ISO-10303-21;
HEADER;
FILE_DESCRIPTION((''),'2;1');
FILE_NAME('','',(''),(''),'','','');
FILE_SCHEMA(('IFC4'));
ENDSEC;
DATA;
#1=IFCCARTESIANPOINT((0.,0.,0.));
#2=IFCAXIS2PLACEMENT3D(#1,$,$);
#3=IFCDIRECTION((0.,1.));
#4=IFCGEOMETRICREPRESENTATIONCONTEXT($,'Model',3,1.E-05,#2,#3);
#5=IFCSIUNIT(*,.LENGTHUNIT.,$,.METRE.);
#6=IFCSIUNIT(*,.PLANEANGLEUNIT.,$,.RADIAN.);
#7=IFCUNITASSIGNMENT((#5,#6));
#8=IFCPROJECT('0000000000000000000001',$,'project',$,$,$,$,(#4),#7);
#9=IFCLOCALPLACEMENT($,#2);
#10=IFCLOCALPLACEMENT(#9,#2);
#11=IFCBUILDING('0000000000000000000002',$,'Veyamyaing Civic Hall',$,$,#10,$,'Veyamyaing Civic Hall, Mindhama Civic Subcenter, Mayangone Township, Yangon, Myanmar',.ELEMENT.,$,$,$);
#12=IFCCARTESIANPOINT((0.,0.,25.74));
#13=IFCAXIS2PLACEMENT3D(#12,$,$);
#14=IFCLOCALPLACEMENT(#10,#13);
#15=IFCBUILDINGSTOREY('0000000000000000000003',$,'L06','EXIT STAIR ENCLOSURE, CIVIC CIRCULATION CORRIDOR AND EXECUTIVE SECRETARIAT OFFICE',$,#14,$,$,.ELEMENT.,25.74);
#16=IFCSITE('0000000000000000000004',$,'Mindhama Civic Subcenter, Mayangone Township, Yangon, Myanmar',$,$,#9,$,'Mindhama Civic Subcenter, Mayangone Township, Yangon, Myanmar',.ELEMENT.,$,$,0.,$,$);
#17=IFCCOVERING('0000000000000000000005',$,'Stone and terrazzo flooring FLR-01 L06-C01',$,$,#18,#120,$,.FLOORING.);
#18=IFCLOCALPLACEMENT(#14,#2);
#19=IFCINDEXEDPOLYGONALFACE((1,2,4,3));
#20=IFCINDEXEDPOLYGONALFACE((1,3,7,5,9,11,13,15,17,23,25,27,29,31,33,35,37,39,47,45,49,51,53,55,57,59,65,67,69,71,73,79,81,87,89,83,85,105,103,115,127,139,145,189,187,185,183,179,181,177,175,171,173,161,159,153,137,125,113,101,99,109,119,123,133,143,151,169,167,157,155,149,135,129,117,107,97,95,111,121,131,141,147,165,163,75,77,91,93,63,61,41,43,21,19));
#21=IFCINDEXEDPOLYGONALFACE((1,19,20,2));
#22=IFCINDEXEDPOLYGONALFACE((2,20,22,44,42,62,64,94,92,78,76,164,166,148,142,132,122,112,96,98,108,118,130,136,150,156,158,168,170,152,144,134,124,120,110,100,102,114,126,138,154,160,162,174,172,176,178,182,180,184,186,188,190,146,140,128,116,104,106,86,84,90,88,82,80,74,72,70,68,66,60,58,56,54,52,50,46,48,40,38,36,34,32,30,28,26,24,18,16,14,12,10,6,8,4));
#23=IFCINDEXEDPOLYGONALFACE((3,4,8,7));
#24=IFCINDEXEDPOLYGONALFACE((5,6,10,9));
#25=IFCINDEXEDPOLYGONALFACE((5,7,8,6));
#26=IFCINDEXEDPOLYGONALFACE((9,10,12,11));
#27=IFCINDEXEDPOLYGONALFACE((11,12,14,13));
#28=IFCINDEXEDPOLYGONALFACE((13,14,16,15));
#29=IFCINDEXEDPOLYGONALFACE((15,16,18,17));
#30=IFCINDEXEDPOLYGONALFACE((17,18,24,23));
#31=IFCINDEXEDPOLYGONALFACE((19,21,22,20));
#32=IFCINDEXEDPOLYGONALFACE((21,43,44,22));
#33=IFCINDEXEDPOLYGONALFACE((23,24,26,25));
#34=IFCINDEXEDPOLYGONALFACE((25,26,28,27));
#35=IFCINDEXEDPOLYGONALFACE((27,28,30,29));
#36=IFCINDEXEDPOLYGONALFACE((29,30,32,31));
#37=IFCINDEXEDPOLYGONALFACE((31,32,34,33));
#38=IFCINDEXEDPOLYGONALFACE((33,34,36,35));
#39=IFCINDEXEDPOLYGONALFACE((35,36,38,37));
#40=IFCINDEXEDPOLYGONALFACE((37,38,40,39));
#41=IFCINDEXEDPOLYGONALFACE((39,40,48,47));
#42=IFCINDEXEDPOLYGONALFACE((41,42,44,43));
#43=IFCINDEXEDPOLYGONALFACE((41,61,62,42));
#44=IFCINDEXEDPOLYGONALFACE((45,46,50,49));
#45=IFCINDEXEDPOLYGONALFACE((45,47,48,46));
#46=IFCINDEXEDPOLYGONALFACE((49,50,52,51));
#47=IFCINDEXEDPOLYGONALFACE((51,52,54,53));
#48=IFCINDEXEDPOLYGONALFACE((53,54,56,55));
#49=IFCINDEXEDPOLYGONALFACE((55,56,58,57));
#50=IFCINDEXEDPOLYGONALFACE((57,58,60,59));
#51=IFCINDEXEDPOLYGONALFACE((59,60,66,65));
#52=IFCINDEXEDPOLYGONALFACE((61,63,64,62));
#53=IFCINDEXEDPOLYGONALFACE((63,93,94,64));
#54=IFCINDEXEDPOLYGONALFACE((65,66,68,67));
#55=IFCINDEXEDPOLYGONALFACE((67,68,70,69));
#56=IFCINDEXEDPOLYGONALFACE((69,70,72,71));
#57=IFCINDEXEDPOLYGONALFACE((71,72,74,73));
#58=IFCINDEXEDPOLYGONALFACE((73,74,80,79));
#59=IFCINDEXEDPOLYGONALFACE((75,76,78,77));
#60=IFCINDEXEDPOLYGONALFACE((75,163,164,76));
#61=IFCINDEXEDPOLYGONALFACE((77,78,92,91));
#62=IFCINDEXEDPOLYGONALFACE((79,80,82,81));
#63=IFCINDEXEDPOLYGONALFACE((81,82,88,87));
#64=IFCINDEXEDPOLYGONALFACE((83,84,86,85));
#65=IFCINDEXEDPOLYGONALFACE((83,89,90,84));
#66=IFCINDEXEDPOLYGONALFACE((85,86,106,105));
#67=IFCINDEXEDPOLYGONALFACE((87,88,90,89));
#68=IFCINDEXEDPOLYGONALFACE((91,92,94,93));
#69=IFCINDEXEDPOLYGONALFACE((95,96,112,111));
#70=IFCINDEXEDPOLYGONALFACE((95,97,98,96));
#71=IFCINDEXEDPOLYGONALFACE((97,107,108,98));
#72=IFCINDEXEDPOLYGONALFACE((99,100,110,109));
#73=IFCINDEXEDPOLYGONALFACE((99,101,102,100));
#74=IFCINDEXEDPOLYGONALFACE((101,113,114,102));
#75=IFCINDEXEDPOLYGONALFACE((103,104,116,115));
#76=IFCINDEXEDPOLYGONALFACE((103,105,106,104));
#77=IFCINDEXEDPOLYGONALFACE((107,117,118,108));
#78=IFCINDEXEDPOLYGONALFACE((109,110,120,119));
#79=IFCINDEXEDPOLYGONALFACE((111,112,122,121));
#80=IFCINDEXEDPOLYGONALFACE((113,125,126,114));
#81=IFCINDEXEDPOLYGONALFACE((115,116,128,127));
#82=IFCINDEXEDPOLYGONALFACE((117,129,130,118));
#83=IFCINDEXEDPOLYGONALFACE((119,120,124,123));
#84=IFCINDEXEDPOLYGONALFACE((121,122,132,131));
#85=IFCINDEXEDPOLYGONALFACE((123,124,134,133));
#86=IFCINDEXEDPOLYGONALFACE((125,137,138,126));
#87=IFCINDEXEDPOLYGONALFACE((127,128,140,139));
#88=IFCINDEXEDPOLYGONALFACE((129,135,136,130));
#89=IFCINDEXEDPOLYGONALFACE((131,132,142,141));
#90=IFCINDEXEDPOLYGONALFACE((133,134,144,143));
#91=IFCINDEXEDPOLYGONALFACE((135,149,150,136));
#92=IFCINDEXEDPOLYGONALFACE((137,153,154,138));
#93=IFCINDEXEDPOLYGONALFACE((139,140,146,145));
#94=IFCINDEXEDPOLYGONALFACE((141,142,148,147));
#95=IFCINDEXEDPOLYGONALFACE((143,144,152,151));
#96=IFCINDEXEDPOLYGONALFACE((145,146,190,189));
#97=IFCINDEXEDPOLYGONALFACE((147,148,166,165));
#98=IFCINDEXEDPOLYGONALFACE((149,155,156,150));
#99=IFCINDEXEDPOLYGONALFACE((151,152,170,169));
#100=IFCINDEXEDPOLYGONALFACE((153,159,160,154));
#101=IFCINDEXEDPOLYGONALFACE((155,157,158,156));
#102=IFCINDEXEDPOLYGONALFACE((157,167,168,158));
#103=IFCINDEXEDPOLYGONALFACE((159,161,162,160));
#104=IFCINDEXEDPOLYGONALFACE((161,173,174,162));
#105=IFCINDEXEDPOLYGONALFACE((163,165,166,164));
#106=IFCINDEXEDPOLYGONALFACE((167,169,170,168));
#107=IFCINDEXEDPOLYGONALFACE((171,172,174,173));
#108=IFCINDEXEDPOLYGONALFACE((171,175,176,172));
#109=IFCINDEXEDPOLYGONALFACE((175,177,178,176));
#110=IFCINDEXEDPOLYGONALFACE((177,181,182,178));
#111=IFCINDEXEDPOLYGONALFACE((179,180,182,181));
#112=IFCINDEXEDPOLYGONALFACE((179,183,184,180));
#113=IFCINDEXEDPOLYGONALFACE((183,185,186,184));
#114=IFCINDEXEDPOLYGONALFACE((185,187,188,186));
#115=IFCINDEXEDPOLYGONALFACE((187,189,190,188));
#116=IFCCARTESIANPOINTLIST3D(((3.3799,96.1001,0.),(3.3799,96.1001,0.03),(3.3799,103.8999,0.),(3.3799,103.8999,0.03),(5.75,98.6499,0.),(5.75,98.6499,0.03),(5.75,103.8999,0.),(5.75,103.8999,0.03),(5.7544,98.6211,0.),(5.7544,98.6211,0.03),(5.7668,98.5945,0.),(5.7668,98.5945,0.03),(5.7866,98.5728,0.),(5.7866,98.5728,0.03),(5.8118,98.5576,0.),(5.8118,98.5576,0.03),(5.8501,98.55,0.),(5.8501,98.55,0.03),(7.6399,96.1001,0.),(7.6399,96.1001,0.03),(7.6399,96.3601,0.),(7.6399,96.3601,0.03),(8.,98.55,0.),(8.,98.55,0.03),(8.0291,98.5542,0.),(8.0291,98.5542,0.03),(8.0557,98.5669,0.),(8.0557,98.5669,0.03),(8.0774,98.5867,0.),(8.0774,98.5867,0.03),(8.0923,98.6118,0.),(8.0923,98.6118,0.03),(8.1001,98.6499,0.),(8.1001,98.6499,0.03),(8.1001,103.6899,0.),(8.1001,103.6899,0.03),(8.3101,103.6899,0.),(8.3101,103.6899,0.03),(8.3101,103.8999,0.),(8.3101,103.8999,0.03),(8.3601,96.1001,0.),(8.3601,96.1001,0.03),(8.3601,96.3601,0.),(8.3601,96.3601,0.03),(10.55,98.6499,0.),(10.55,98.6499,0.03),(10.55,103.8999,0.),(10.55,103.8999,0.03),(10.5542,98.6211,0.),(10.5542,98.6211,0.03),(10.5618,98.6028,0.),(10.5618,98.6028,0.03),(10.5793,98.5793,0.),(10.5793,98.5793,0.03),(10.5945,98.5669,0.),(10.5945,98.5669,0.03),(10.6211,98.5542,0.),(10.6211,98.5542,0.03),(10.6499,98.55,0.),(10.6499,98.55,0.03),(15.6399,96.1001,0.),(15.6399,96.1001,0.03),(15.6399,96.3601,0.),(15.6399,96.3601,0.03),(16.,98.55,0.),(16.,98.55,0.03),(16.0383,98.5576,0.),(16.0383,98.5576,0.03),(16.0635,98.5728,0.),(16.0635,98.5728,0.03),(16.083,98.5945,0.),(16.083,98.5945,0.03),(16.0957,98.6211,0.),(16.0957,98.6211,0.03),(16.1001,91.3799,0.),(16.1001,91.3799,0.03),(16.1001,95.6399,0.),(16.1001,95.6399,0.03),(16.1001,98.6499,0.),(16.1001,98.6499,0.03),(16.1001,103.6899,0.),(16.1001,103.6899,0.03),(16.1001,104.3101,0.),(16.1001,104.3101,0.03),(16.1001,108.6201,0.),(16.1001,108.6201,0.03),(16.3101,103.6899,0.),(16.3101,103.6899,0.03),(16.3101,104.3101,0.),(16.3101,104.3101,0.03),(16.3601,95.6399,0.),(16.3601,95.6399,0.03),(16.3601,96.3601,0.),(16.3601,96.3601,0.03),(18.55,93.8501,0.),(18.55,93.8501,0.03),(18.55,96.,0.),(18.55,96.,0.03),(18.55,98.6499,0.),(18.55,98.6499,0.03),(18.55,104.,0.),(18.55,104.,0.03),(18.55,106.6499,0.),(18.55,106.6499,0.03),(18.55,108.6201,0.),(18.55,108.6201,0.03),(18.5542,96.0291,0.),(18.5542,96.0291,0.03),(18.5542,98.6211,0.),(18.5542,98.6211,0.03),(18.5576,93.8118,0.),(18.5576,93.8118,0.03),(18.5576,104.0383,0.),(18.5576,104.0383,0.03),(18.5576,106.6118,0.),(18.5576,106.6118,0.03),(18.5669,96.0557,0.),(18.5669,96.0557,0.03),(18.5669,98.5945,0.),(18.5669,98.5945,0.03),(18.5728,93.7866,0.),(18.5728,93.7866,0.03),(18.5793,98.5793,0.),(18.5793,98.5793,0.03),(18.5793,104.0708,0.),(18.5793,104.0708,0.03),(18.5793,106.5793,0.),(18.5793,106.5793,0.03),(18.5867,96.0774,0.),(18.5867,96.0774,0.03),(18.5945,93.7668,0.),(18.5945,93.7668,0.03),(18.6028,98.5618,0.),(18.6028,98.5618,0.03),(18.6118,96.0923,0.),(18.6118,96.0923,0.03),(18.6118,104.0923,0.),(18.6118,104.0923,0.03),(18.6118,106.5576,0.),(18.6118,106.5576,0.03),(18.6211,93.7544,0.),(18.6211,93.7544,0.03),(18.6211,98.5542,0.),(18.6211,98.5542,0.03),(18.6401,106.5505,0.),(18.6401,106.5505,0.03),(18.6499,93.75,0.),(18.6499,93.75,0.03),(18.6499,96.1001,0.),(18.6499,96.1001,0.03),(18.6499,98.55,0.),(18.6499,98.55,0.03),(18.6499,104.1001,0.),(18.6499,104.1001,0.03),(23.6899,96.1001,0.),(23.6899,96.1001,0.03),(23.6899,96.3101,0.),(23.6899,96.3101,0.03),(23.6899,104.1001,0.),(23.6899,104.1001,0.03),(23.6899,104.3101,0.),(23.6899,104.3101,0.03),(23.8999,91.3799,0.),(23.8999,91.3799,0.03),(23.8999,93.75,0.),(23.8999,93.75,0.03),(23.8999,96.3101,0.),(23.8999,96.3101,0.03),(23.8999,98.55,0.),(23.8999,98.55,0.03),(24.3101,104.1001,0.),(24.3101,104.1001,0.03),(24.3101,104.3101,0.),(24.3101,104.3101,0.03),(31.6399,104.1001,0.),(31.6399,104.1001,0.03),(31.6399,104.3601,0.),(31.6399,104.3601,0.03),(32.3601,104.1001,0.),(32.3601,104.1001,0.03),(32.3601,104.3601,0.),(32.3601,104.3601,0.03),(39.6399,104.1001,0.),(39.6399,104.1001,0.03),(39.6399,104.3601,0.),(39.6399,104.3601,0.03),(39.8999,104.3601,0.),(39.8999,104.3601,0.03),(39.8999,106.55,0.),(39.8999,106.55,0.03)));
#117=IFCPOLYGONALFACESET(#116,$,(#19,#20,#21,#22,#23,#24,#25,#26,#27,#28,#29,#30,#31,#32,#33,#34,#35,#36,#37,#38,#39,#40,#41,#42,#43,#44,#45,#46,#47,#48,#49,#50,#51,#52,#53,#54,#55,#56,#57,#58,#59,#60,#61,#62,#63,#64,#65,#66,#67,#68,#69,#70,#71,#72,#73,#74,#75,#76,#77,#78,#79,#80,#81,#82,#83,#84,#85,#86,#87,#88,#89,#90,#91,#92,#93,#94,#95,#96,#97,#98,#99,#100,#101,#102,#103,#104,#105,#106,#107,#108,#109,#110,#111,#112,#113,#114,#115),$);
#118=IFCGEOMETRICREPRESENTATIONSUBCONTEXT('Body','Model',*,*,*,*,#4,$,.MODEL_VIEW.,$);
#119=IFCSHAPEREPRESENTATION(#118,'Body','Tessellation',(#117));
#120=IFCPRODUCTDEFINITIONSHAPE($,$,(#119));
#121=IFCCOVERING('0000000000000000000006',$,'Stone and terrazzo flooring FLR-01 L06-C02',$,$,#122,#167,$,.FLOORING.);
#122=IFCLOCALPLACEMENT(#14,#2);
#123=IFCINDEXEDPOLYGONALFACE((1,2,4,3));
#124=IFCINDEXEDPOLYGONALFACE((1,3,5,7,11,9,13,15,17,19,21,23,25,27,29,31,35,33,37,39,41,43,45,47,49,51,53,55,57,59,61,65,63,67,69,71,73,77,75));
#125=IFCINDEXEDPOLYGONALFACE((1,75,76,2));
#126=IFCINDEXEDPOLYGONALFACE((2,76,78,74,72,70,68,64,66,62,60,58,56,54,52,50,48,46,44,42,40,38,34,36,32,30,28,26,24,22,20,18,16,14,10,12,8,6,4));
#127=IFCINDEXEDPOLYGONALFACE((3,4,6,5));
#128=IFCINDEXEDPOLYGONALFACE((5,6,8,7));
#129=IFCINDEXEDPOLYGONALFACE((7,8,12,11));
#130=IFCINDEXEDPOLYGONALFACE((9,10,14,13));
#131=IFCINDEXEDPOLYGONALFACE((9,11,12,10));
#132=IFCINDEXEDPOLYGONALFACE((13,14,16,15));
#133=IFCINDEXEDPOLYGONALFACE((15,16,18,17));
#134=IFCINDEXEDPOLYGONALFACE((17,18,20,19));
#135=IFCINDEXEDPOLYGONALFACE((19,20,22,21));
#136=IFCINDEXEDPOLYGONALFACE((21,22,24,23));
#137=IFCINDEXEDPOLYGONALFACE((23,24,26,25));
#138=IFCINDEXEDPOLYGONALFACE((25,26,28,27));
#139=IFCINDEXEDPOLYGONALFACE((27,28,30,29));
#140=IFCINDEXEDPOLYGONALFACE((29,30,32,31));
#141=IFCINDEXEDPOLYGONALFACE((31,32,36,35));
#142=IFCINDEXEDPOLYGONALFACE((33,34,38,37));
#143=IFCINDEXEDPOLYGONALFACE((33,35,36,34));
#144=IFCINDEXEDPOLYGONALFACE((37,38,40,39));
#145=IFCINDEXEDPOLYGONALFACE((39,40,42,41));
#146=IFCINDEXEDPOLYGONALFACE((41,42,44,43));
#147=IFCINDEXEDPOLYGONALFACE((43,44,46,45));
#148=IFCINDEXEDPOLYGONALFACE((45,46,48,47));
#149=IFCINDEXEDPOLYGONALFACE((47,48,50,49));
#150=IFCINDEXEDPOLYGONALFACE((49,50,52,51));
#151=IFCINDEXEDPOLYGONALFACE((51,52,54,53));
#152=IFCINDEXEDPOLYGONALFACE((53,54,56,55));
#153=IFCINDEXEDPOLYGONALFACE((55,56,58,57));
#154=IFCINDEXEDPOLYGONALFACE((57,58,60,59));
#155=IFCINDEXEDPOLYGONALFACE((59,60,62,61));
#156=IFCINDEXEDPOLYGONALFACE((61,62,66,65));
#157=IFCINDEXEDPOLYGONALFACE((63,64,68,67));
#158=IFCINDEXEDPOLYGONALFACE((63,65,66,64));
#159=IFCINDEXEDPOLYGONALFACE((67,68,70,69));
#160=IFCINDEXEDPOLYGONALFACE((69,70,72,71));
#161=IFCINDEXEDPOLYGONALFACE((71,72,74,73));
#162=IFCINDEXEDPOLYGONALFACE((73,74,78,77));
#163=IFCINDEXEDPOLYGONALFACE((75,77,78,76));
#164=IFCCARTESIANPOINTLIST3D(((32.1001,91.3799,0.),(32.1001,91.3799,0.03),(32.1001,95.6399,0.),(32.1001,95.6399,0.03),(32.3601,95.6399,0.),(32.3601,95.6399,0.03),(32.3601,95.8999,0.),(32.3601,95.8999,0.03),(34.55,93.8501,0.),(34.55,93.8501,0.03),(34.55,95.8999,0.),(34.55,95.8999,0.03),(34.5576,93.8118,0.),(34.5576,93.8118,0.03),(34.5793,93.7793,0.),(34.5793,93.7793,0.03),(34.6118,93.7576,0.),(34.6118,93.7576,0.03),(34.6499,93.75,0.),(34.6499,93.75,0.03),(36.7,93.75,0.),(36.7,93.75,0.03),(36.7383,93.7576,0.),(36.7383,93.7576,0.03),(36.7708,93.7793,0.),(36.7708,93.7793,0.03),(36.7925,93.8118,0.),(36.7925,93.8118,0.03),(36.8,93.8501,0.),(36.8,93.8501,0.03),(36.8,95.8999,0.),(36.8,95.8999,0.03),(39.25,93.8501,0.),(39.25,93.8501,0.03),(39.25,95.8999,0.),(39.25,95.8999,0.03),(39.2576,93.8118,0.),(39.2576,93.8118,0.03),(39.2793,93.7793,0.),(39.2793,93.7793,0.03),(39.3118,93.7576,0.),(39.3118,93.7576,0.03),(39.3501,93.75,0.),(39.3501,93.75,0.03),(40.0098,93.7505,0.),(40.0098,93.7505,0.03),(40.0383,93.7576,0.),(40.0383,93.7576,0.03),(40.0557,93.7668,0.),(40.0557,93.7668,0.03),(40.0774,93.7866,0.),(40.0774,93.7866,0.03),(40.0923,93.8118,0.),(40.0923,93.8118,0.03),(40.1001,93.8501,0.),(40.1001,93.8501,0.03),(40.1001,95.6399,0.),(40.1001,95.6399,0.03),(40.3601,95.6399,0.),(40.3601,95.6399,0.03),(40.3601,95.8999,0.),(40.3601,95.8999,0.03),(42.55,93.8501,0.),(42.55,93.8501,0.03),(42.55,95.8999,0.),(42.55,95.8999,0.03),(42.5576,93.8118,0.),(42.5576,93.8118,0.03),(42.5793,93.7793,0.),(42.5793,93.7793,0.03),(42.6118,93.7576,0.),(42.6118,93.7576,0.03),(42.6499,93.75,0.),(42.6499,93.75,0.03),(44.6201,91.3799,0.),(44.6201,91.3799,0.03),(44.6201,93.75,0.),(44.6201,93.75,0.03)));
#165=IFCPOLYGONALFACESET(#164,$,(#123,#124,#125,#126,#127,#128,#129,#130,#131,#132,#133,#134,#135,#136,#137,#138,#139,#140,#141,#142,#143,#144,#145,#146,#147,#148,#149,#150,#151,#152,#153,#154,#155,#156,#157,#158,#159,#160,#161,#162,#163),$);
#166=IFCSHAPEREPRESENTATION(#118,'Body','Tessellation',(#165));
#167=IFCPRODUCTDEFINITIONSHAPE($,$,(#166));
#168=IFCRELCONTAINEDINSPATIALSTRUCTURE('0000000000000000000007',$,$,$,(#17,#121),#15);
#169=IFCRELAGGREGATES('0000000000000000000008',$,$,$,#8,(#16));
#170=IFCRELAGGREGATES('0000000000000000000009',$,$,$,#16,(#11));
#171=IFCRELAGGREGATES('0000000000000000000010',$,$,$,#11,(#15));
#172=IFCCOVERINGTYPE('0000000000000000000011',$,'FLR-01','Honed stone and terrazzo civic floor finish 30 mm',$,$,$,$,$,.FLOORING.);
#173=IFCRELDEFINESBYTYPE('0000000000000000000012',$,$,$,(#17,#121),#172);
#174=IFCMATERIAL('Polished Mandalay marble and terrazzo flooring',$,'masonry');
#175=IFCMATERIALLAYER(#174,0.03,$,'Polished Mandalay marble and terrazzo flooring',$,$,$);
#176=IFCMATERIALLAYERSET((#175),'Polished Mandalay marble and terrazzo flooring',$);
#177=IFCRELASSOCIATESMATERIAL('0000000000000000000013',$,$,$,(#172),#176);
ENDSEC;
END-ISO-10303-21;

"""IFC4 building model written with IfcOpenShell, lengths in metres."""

from ifc_helpers import new_model, si_unit, direction, frame, origin, place, context, subcontext, project, spatial, polyline, outline, extrude, material, layer, layer_set, type_object, element, save


model = new_model("IFC4")

# Units and contexts
model_context = context("Model", 3, precision=1e-05, world=origin(), true_north=direction((0.0, 1.0)))
body_context = subcontext(model_context, "Body", "Model", "MODEL_VIEW")
ifc_project = project(units=[si_unit("LENGTHUNIT", "METRE"), si_unit("PLANEANGLEUNIT", "RADIAN")], contexts=[model_context])

# Site, building, storey
site_placement = place(None, origin())
site = spatial("IfcSite", under=ifc_project, at=site_placement, Name="Mindhama Civic Subcenter, Mayangone Township, Yangon, Myanmar", LongName="Mindhama Civic Subcenter, Mayangone Township, Yangon, Myanmar", CompositionType="ELEMENT", RefElevation=0.0)
building_placement = place(site_placement, origin())
building = spatial("IfcBuilding", under=site, at=building_placement, Name="Veyamyaing Civic Hall", LongName="Veyamyaing Civic Hall, Mindhama Civic Subcenter, Mayangone Township, Yangon, Myanmar", CompositionType="ELEMENT")
storey_placement = place(building_placement, frame((0.0, 0.0, 25.74)))
storey = spatial("IfcBuildingStorey", under=building, at=storey_placement, Name="L06", Description="EXIT STAIR ENCLOSURE, CIVIC CIRCULATION CORRIDOR AND EXECUTIVE SECRETARIAT OFFICE", CompositionType="ELEMENT", Elevation=25.74)

# Coverings
ifc_material_1 = material(Name="Polished Mandalay marble and terrazzo flooring", Category="masonry")
ifc_layer_1 = layer(ifc_material_1, 0.03, Name="Polished Mandalay marble and terrazzo flooring")
ifc_layer_set_1 = layer_set([ifc_layer_1], Name="Polished Mandalay marble and terrazzo flooring")
covering_type_1 = type_object("IfcCoveringType", Name="FLR-01", Description="Honed stone and terrazzo civic floor finish 30 mm", PredefinedType="FLOORING", material=ifc_layer_set_1)
covering_1_placement = place(storey_placement, origin())
element("IfcCovering", 1, at=covering_1_placement, inside=storey, type_object=covering_type_1, Name="Stone and terrazzo flooring FLR-01 L06-C01", PredefinedType="FLOORING", context=body_context, shape_type="SweptSolid", body=[
    extrude(outline(polyline([(8.3601, 96.1001), (8.3601, 96.3601), (7.6399, 96.3601), (7.6399, 96.1001), (3.3799, 96.1001), (3.3799, 103.8999), (5.75, 103.8999), (5.75, 98.6499), (5.7544, 98.6211), (5.7668, 98.5945), (5.7866, 98.5728), (5.8118, 98.5576), (5.8501, 98.55), (8.0, 98.55), (8.0291, 98.5542), (8.0557, 98.5669), (8.0774, 98.5867), (8.0923, 98.6118), (8.1001, 98.6499), (8.1001, 103.6899), (8.3101, 103.6899), (8.3101, 103.8999), (10.55, 103.8999), (10.55, 98.6499), (10.5542, 98.6211), (10.5618, 98.6028), (10.5793, 98.5793), (10.5945, 98.5669), (10.6211, 98.5542), (10.6499, 98.55), (16.0, 98.55), (16.0383, 98.5576), (16.0635, 98.5728), (16.083, 98.5945), (16.0957, 98.6211), (16.1001, 98.6499), (16.1001, 103.6899), (16.3101, 103.6899), (16.3101, 104.3101), (16.1001, 104.3101), (16.1001, 108.6201), (18.55, 108.6201), (18.55, 106.6499), (18.5576, 106.6118), (18.5793, 106.5793), (18.6118, 106.5576), (18.6401, 106.5505), (39.8999, 106.55), (39.8999, 104.3601), (39.6399, 104.3601), (39.6399, 104.1001), (32.3601, 104.1001), (32.3601, 104.3601), (31.6399, 104.3601), (31.6399, 104.1001), (24.3101, 104.1001), (24.3101, 104.3101), (23.6899, 104.3101), (23.6899, 104.1001), (18.6499, 104.1001), (18.6118, 104.0923), (18.5793, 104.0708), (18.5576, 104.0383), (18.55, 104.0), (18.55, 98.6499), (18.5542, 98.6211), (18.5669, 98.5945), (18.5793, 98.5793), (18.6028, 98.5618), (18.6211, 98.5542), (18.6499, 98.55), (23.8999, 98.55), (23.8999, 96.3101), (23.6899, 96.3101), (23.6899, 96.1001), (18.6499, 96.1001), (18.6118, 96.0923), (18.5867, 96.0774), (18.5669, 96.0557), (18.5542, 96.0291), (18.55, 96.0), (18.55, 93.8501), (18.5576, 93.8118), (18.5728, 93.7866), (18.5945, 93.7668), (18.6211, 93.7544), (18.6499, 93.75), (23.8999, 93.75), (23.8999, 91.3799), (16.1001, 91.3799), (16.1001, 95.6399), (16.3601, 95.6399), (16.3601, 96.3601), (15.6399, 96.3601), (15.6399, 96.1001), (8.3601, 96.1001)])), origin(), (0.0, 0.0, 1.0), 0.03),
])
covering_2_placement = place(storey_placement, origin())
element("IfcCovering", 2, at=covering_2_placement, inside=storey, type_object=covering_type_1, Name="Stone and terrazzo flooring FLR-01 L06-C02", PredefinedType="FLOORING", context=body_context, shape_type="SweptSolid", body=[
    extrude(outline(polyline([(34.55, 95.8999), (34.55, 93.8501), (34.5576, 93.8118), (34.5793, 93.7793), (34.6118, 93.7576), (34.6499, 93.75), (36.7, 93.75), (36.7383, 93.7576), (36.7708, 93.7793), (36.7925, 93.8118), (36.8, 93.8501), (36.8, 95.8999), (39.25, 95.8999), (39.25, 93.8501), (39.2576, 93.8118), (39.2793, 93.7793), (39.3118, 93.7576), (39.3501, 93.75), (40.0098, 93.7505), (40.0383, 93.7576), (40.0557, 93.7668), (40.0774, 93.7866), (40.0923, 93.8118), (40.1001, 93.8501), (40.1001, 95.6399), (40.3601, 95.6399), (40.3601, 95.8999), (42.55, 95.8999), (42.55, 93.8501), (42.5576, 93.8118), (42.5793, 93.7793), (42.6118, 93.7576), (42.6499, 93.75), (44.6201, 93.75), (44.6201, 91.3799), (32.1001, 91.3799), (32.1001, 95.6399), (32.3601, 95.6399), (32.3601, 95.8999), (34.55, 95.8999)])), origin(), (0.0, 0.0, 1.0), 0.03),
])

save(model, "model.ifc")
